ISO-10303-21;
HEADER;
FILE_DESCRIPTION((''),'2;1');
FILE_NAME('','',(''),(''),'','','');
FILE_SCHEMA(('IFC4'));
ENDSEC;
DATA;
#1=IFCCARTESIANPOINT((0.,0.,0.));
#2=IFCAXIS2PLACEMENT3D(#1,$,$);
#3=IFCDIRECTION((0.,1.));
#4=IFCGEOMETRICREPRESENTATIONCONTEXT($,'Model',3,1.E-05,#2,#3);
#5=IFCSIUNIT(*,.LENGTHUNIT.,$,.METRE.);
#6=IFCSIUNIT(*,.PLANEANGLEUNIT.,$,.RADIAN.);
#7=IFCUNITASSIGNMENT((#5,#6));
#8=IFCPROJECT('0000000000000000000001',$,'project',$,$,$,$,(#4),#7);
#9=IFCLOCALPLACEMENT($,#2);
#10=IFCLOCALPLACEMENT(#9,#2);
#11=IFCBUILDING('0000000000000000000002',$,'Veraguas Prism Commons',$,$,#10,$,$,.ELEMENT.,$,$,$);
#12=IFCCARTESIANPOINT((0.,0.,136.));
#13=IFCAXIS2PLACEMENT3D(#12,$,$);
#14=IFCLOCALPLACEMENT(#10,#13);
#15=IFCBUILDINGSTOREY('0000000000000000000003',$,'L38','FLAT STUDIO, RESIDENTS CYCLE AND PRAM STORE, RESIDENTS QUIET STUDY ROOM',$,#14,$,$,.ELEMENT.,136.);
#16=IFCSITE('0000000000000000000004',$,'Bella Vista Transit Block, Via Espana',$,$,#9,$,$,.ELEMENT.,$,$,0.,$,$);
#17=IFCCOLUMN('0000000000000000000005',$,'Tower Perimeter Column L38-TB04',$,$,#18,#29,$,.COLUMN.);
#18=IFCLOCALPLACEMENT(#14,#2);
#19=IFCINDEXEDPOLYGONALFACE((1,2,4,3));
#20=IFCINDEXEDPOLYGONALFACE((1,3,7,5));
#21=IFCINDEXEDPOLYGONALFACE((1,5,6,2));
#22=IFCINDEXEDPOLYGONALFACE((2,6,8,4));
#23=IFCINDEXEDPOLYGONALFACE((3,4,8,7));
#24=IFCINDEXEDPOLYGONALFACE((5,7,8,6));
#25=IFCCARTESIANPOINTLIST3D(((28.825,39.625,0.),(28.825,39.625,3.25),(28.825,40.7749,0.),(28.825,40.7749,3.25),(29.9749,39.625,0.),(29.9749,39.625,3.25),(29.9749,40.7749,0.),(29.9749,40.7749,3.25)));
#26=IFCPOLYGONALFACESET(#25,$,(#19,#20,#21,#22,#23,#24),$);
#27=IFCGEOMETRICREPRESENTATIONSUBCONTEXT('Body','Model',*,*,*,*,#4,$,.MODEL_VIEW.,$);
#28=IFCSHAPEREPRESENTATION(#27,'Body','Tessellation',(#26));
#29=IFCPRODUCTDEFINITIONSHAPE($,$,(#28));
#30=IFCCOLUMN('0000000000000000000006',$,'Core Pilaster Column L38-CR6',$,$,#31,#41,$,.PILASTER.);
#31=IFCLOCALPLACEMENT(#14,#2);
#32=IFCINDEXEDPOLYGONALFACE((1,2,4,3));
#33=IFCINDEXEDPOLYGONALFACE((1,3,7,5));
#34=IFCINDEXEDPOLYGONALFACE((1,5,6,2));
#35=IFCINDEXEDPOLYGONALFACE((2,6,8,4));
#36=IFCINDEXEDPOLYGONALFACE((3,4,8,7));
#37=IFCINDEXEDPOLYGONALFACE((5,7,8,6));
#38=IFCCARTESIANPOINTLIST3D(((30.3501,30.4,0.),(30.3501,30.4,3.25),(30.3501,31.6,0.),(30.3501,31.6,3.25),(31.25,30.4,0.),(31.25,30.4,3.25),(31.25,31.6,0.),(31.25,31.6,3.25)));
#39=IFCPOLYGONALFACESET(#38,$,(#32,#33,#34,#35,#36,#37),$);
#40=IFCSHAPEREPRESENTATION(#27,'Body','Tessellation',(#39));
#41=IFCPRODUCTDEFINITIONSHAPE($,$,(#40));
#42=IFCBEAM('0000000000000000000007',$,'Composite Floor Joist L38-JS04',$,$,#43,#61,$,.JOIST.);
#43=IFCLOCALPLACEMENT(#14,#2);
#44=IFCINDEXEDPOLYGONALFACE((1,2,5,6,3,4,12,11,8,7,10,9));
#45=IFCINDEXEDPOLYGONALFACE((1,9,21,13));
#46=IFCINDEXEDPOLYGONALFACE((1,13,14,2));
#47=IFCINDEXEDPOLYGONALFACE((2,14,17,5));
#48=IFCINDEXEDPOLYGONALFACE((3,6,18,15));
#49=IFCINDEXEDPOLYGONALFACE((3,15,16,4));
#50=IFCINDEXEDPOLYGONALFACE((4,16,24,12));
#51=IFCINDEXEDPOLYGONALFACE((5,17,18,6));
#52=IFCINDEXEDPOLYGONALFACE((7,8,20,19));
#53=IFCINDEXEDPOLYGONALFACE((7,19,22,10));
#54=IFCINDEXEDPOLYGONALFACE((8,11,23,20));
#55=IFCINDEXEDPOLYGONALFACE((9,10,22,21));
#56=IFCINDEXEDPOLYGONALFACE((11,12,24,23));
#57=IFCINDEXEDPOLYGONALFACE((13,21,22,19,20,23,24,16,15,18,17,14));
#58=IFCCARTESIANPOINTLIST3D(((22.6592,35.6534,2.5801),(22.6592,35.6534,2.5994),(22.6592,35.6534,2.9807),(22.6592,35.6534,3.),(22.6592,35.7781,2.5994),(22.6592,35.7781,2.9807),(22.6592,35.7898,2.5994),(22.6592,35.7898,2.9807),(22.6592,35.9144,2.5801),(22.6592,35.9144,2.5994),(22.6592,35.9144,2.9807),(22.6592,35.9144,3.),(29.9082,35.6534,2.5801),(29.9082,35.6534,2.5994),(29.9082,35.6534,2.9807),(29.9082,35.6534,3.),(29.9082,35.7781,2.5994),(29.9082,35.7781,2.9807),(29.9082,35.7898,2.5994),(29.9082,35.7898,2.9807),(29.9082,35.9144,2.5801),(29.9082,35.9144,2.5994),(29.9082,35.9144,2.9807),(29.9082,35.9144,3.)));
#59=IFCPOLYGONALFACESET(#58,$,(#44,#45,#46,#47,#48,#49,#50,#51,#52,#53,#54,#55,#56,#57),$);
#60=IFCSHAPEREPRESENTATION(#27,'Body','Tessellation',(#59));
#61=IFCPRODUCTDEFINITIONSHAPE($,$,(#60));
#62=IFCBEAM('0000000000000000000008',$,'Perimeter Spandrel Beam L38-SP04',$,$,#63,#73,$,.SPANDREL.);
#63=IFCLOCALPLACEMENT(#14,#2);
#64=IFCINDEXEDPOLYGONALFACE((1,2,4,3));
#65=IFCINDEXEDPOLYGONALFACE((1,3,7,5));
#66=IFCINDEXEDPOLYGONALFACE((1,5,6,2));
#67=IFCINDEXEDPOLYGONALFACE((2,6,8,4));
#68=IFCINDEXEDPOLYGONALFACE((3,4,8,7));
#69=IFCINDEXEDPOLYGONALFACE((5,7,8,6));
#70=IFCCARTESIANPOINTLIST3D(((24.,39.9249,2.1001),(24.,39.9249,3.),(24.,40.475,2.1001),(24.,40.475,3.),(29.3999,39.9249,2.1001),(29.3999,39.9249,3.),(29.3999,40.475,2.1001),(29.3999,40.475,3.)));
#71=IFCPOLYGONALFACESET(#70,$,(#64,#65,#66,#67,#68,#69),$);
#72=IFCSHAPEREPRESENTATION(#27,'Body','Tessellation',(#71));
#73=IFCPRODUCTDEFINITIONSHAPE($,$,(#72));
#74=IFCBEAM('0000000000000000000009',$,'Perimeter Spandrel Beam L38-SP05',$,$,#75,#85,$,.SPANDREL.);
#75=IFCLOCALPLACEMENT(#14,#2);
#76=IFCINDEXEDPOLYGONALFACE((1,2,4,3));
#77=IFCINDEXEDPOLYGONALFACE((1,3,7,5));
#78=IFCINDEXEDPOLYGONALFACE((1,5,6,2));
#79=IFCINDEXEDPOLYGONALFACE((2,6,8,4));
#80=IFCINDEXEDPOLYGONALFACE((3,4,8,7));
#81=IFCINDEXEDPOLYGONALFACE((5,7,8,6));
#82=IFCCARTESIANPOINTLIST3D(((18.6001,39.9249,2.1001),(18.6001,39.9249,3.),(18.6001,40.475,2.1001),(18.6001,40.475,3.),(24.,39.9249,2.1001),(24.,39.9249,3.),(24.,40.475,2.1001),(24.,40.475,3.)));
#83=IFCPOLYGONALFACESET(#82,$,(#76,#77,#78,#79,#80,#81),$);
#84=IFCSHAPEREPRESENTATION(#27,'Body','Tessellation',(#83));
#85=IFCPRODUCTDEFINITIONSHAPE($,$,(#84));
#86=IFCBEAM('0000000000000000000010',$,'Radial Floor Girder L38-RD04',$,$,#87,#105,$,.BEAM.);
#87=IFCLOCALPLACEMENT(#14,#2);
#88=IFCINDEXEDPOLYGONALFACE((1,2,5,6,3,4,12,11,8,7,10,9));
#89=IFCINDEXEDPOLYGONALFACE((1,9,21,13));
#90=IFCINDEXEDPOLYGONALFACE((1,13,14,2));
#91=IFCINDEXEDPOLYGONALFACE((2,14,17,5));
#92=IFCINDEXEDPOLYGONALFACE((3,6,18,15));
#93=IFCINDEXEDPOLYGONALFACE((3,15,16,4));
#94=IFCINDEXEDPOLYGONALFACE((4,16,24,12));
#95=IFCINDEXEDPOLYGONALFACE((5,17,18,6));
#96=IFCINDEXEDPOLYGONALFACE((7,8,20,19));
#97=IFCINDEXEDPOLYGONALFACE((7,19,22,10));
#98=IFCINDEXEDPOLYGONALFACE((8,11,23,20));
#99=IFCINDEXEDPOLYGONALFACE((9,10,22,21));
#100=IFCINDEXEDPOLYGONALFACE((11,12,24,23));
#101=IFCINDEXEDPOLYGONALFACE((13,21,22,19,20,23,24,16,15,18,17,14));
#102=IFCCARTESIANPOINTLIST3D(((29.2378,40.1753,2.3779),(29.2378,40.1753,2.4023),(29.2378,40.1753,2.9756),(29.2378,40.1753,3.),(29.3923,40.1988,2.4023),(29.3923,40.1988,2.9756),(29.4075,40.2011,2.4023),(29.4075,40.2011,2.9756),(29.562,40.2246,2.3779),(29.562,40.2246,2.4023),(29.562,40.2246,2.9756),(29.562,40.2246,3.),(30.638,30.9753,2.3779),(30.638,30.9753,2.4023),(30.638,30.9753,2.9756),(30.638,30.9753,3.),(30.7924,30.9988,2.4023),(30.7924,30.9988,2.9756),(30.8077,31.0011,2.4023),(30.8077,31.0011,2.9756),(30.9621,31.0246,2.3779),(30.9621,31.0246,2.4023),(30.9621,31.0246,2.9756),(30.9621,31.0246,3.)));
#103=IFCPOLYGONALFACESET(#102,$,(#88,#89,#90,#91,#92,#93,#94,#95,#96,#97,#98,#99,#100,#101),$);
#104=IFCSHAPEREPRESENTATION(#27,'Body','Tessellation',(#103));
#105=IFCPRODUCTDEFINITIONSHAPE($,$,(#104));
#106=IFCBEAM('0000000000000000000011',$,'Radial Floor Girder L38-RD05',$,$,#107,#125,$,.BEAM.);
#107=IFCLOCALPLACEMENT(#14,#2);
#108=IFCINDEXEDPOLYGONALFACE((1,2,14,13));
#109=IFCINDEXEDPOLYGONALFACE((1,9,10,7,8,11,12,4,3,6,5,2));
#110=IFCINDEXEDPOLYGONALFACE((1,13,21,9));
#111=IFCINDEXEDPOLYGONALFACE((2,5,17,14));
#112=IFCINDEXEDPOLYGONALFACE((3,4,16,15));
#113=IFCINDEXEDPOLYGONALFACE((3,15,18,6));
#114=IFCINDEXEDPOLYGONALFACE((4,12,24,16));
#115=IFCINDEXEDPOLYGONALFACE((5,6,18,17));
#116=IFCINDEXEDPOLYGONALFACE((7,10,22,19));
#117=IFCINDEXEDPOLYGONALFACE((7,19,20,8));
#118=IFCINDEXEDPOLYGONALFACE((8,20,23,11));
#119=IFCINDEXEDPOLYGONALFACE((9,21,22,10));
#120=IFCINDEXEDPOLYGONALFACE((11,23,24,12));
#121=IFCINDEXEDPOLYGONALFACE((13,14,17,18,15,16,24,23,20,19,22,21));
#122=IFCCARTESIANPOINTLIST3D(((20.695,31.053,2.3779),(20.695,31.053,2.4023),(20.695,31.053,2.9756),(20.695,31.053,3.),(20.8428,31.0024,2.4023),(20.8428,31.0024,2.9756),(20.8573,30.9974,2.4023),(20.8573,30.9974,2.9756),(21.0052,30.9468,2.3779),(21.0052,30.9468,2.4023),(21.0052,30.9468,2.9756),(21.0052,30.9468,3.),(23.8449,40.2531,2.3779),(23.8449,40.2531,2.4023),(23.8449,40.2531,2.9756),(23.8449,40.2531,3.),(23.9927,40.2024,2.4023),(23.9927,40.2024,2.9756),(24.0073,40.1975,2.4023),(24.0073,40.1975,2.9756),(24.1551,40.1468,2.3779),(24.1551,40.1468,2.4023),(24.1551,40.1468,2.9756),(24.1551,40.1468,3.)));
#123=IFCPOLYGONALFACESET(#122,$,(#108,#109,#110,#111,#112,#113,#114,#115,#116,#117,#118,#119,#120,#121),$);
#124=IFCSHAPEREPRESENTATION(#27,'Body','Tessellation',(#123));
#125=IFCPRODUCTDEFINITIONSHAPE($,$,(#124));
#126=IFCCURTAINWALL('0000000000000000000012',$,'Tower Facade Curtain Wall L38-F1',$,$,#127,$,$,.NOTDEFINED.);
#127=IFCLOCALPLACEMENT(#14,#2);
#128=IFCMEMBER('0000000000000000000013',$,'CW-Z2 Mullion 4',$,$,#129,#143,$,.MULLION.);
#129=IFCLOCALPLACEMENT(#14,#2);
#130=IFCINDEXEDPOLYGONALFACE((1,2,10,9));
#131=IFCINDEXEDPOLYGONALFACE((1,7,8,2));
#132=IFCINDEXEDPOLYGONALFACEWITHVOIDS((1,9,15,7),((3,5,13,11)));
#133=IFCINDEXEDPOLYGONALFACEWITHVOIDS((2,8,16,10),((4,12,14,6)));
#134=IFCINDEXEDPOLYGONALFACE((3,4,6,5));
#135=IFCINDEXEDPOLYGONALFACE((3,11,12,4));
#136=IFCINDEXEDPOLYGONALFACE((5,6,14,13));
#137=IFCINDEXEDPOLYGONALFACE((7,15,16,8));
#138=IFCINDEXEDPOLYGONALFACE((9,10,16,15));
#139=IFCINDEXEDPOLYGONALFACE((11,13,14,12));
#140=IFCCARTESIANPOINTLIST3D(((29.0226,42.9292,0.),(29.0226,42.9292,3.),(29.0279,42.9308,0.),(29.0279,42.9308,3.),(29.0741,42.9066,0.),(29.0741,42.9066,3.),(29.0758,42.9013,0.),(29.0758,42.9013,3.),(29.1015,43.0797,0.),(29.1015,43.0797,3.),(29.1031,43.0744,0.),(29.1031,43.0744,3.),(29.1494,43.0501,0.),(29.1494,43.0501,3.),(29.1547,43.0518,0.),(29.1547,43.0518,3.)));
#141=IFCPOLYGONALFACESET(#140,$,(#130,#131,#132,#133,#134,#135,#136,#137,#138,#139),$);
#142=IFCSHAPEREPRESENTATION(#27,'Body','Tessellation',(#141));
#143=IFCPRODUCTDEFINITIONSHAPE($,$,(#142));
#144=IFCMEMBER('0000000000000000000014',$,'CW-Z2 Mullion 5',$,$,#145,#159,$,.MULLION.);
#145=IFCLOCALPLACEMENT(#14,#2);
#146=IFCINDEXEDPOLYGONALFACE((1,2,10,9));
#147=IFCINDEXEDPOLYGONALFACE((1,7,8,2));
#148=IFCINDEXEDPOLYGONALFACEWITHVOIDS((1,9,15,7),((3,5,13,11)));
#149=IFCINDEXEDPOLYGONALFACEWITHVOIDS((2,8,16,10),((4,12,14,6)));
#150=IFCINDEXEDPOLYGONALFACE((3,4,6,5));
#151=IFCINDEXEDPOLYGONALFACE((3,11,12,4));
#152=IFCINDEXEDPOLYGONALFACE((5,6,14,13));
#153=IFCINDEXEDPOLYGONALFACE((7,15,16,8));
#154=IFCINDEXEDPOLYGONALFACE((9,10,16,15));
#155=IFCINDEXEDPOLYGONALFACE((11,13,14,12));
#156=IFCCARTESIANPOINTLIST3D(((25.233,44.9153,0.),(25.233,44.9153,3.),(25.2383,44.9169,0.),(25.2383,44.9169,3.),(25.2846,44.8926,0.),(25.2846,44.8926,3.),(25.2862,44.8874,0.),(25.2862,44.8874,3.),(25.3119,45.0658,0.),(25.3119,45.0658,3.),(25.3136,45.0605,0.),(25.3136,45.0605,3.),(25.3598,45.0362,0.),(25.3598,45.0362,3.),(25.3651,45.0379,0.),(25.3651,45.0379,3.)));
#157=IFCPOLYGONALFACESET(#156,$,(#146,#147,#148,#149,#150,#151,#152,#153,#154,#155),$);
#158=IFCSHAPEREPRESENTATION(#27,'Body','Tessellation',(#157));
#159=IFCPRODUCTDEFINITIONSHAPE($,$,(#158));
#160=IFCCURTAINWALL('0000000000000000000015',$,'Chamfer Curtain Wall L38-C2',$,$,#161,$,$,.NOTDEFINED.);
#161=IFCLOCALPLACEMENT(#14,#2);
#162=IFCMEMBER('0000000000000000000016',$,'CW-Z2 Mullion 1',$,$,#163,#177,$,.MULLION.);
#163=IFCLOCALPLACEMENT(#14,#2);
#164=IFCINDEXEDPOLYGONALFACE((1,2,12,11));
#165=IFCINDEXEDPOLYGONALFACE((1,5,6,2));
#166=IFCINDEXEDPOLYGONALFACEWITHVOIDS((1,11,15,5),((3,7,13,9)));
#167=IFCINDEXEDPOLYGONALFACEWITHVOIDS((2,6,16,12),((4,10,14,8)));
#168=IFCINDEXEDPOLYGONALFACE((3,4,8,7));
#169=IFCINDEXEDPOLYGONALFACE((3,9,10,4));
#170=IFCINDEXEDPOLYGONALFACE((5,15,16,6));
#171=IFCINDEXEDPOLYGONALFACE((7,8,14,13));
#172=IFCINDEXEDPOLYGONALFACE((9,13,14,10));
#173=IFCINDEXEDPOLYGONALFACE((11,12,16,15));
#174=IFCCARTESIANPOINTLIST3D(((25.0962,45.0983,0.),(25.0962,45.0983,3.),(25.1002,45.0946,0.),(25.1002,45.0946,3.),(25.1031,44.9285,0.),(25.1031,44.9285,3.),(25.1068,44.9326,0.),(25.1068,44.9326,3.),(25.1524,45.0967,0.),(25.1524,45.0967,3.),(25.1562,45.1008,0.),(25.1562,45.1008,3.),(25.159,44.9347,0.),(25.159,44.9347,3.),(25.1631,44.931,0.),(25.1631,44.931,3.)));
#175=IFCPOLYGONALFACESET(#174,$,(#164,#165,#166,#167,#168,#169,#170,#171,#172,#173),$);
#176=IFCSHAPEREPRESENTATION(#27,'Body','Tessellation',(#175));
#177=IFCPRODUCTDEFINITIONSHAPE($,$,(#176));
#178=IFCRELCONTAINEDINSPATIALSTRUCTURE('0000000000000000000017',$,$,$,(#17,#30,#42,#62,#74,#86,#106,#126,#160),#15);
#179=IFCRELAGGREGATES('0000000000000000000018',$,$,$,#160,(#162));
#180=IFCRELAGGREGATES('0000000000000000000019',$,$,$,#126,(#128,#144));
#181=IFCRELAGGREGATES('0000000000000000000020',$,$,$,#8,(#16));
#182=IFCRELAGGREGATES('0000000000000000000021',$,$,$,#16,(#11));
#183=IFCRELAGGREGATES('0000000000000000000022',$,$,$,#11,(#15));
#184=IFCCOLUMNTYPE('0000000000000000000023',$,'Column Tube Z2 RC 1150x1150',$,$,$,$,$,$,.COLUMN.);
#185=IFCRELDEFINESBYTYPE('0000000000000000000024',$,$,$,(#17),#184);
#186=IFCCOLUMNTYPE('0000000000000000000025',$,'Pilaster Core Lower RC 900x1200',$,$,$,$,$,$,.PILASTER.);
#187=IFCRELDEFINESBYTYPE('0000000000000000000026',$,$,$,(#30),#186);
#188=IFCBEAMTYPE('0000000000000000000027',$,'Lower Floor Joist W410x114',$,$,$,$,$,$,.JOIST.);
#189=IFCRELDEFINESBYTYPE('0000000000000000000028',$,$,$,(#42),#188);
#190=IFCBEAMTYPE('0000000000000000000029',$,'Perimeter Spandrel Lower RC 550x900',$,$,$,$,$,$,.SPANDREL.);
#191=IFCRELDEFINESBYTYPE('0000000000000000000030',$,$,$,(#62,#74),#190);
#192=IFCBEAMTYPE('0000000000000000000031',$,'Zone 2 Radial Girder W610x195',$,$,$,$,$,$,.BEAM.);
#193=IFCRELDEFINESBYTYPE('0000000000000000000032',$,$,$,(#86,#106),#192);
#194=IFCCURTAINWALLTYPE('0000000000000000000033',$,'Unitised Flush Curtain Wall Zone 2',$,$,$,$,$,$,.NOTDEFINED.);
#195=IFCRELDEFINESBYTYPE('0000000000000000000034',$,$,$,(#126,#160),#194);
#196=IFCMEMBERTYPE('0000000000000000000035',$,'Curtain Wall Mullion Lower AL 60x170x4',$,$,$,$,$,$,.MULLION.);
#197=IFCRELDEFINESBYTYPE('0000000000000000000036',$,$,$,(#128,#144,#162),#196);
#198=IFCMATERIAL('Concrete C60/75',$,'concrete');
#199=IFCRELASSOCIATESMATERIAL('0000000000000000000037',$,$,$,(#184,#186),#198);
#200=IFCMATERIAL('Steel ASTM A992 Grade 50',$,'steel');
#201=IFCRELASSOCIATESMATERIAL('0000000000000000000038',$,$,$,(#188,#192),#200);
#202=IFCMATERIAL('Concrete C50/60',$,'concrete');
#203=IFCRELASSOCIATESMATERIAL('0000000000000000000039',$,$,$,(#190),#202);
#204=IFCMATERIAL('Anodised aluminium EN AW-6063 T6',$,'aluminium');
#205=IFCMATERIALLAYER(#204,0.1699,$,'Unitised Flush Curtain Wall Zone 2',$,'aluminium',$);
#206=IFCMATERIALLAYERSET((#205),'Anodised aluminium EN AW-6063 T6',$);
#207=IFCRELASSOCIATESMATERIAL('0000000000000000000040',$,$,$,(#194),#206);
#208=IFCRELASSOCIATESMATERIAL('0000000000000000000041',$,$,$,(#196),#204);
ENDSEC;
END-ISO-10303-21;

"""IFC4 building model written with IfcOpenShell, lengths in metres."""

from ifc_helpers import new_model, si_unit, direction, frame, origin, origin_2d, place, context, subcontext, project, spatial, rectangle, hollow_rectangle, i_section, extrude, source, transform, mapped, material, layer, layer_set, material_profile, profile_set, type_object, element, aggregate, save


model = new_model("IFC4")

# Units and contexts
model_context = context("Model", 3, precision=1e-05, world=origin(), true_north=direction((0.0, 1.0)))
body_context = subcontext(model_context, "Body", "Model", "MODEL_VIEW")
ifc_project = project(units=[si_unit("LENGTHUNIT", "METRE"), si_unit("PLANEANGLEUNIT", "RADIAN")], contexts=[model_context])

# Site, building, storey
site_placement = place(None, origin())
site = spatial("IfcSite", under=ifc_project, at=site_placement, Name="Bella Vista Transit Block, Via Espana", CompositionType="ELEMENT", RefElevation=0.0)
building_placement = place(site_placement, origin())
building = spatial("IfcBuilding", under=site, at=building_placement, Name="Veraguas Prism Commons", CompositionType="ELEMENT")
storey_placement = place(building_placement, frame((0.0, 0.0, 136.0)))
storey = spatial("IfcBuildingStorey", under=building, at=storey_placement, Name="L38", Description="FLAT STUDIO, RESIDENTS CYCLE AND PRAM STORE, RESIDENTS QUIET STUDY ROOM", CompositionType="ELEMENT", Elevation=136.0)

# Columns
ifc_material_1 = material(Name="Concrete C60/75", Category="concrete")
ifc_material_profile_1 = material_profile(ifc_material_1, rectangle(XDim=1.1499, YDim=1.1499, at=origin_2d()), Name="RC1150X1150")
ifc_profile_set_1 = profile_set([ifc_material_profile_1], Name="Concrete C60/75")
column_type_1 = type_object("IfcColumnType", Name="Column Tube Z2 RC 1150x1150", PredefinedType="COLUMN", material=ifc_profile_set_1)
column_1_placement = place(storey_placement, frame((29.3999, 40.2, 0.0), z_axis=(0.0, 0.0, 1.0), x_axis=(1.0, 0.0, 0.0)))
element("IfcColumn", 1, at=column_1_placement, inside=storey, type_object=column_type_1, Name="Tower Perimeter Column L38-TB04", PredefinedType="COLUMN", context=body_context, shape_type="SweptSolid", body=[
    extrude(rectangle(XDim=1.1499, YDim=1.1499, at=origin_2d()), origin(), (0.0, 0.0, 1.0), 3.25),
])
ifc_material_profile_2 = material_profile(ifc_material_1, rectangle(XDim=0.8999, YDim=1.2, at=origin_2d()), Name="RC900X1200")
ifc_profile_set_2 = profile_set([ifc_material_profile_2], Name="Concrete C60/75")
column_type_2 = type_object("IfcColumnType", Name="Pilaster Core Lower RC 900x1200", PredefinedType="PILASTER", material=ifc_profile_set_2)
column_2_placement = place(storey_placement, frame((30.8, 31.0, 0.0), z_axis=(0.0, 0.0, 1.0), x_axis=(1.0, 0.0, 0.0)))
element("IfcColumn", 2, at=column_2_placement, inside=storey, type_object=column_type_2, Name="Core Pilaster Column L38-CR6", PredefinedType="PILASTER", context=body_context, shape_type="SweptSolid", body=[
    extrude(rectangle(XDim=0.8999, YDim=1.2, at=origin_2d()), origin(), (0.0, 0.0, 1.0), 3.25),
])

# Beams
ifc_material_2 = material(Name="Steel ASTM A992 Grade 50", Category="steel")
ifc_material_profile_3 = material_profile(ifc_material_2, i_section(OverallWidth=0.261, OverallDepth=0.4199, WebThickness=0.0117, FlangeThickness=0.0193, at=origin_2d()), Name="W410X114")
ifc_profile_set_3 = profile_set([ifc_material_profile_3], Name="Steel ASTM A992 Grade 50")
beam_type_1 = type_object("IfcBeamType", Name="Lower Floor Joist W410x114", PredefinedType="JOIST", material=ifc_profile_set_3)
beam_1_placement = place(storey_placement, frame((29.9082, 35.7839, 2.79), z_axis=(-1.0, 0.0, 0.0), x_axis=(0.0, -1.0, 0.0)))
element("IfcBeam", 3, at=beam_1_placement, inside=storey, type_object=beam_type_1, Name="Composite Floor Joist L38-JS04", PredefinedType="JOIST", context=body_context, shape_type="SweptSolid", body=[
    extrude(i_section(OverallWidth=0.261, OverallDepth=0.4199, WebThickness=0.0117, FlangeThickness=0.0193, at=origin_2d()), origin(), (0.0, 0.0, 1.0), 7.249),
])
ifc_material_3 = material(Name="Concrete C50/60", Category="concrete")
ifc_material_profile_4 = material_profile(ifc_material_3, rectangle(XDim=0.55, YDim=0.8999, at=origin_2d()), Name="RC550X900")
ifc_profile_set_4 = profile_set([ifc_material_profile_4], Name="Concrete C50/60")
beam_type_2 = type_object("IfcBeamType", Name="Perimeter Spandrel Lower RC 550x900", PredefinedType="SPANDREL", material=ifc_profile_set_4)
for number, where, z_axis, x_axis, name in (
    (4, (29.3999, 40.2, 2.55), (-1.0, 0.0, 0.0), (0.0, -1.0, 0.0), "Perimeter Spandrel Beam L38-SP04"),
    (5, (24.0, 40.2, 2.55), (-1.0, 0.0, 0.0), (0.0, -1.0, 0.0), "Perimeter Spandrel Beam L38-SP05"),
):
    element("IfcBeam", number, at=place(storey_placement, frame(where, z_axis=z_axis, x_axis=x_axis)), inside=storey, type_object=beam_type_2, Name=name, PredefinedType="SPANDREL", context=body_context, shape_type="SweptSolid", body=[
        extrude(rectangle(XDim=0.55, YDim=0.8999, at=origin_2d()), origin(), (0.0, 0.0, 1.0), 5.3999),
    ])
ifc_material_profile_5 = material_profile(ifc_material_2, i_section(OverallWidth=0.3279, OverallDepth=0.6221, WebThickness=0.0154, FlangeThickness=0.0244, at=origin_2d()), Name="W610X195")
ifc_profile_set_5 = profile_set([ifc_material_profile_5], Name="Steel ASTM A992 Grade 50")
beam_type_3 = type_object("IfcBeamType", Name="Zone 2 Radial Girder W610x195", PredefinedType="BEAM", material=ifc_profile_set_5)
beam_2_placement = place(storey_placement, frame((29.3999, 40.2, 2.689), z_axis=(0.150458, -0.988616, 0.0), x_axis=(0.988616, 0.150458, 0.0)))
element("IfcBeam", 6, at=beam_2_placement, inside=storey, type_object=beam_type_3, Name="Radial Floor Girder L38-RD04", PredefinedType="BEAM", context=body_context, shape_type="SweptSolid", body=[
    extrude(i_section(OverallWidth=0.3279, OverallDepth=0.6221, WebThickness=0.0154, FlangeThickness=0.0244, at=origin_2d()), origin(), (0.0, 0.0, 1.0), 9.3059),
])
beam_3_placement = place(storey_placement, frame((24.0, 40.2, 2.689), z_axis=(-0.323922, -0.946084, 0.0), x_axis=(0.946084, -0.323922, 0.0)))
element("IfcBeam", 7, at=beam_3_placement, inside=storey, type_object=beam_type_3, Name="Radial Floor Girder L38-RD05", PredefinedType="BEAM", context=body_context, shape_type="SweptSolid", body=[
    extrude(i_section(OverallWidth=0.3279, OverallDepth=0.6221, WebThickness=0.0154, FlangeThickness=0.0244, at=origin_2d()), origin(), (0.0, 0.0, 1.0), 9.7244),
])

# Curtain walls, members
ifc_material_4 = material(Name="Anodised aluminium EN AW-6063 T6", Category="aluminium")
ifc_layer_1 = layer(ifc_material_4, 0.1699, Name="Unitised Flush Curtain Wall Zone 2", Category="aluminium")
ifc_layer_set_1 = layer_set([ifc_layer_1], Name="Anodised aluminium EN AW-6063 T6")
curtain_wall_type = type_object("IfcCurtainWallType", Name="Unitised Flush Curtain Wall Zone 2", PredefinedType="NOTDEFINED", material=ifc_layer_set_1)
curtain_wall_1_placement = place(storey_placement, origin())
curtain_wall_1 = element("IfcCurtainWall", 8, at=curtain_wall_1_placement, inside=storey, type_object=curtain_wall_type, Name="Tower Facade Curtain Wall L38-F1", PredefinedType="NOTDEFINED")
ifc_material_profile_6 = material_profile(ifc_material_4, hollow_rectangle(XDim=0.0601, YDim=0.1699, WallThickness=0.0039, at=origin_2d()), Name="AL60X170X4")
ifc_profile_set_6 = profile_set([ifc_material_profile_6], Name="Anodised aluminium EN AW-6063 T6")
member_type_1 = type_object("IfcMemberType", Name="Curtain Wall Mullion Lower AL 60x170x4", PredefinedType="MULLION", material=ifc_profile_set_6)
shared_shape_1 = source(origin(), body_context, "Body", "SweptSolid", [
    extrude(hollow_rectangle(XDim=0.0601, YDim=0.1699, WallThickness=0.0039, at=origin_2d()), origin(), (0.0, 0.0, 1.0), 3.0),
])
member_1_placement = place(storey_placement, frame((29.0886, 42.9905, 0.0), z_axis=(0.0, 0.0, 1.0), x_axis=(-0.885722, 0.464216, 0.0)))
member_1 = element("IfcMember", 9, at=member_1_placement, type_object=member_type_1, Name="CW-Z2 Mullion 4", PredefinedType="MULLION", context=body_context, shape_type="MappedRepresentation", body=[
    mapped(shared_shape_1, transform((0.0, 0.0, 0.0), scale=1.0)),
])
member_2_placement = place(storey_placement, frame((25.2991, 44.9766, 0.0), z_axis=(0.0, 0.0, 1.0), x_axis=(-0.885722, 0.464216, 0.0)))
member_2 = element("IfcMember", 10, at=member_2_placement, type_object=member_type_1, Name="CW-Z2 Mullion 5", PredefinedType="MULLION", context=body_context, shape_type="MappedRepresentation", body=[
    mapped(shared_shape_1, transform((0.0, 0.0, 0.0), scale=1.0)),
])
curtain_wall_2_placement = place(storey_placement, origin())
curtain_wall_2 = element("IfcCurtainWall", 11, at=curtain_wall_2_placement, inside=storey, type_object=curtain_wall_type, Name="Chamfer Curtain Wall L38-C2", PredefinedType="NOTDEFINED")
member_3_placement = place(storey_placement, frame((25.1296, 45.0146, 0.0), z_axis=(0.0, 0.0, 1.0), x_axis=(-0.999167, -0.04081, 0.0)))
member_3 = element("IfcMember", 12, at=member_3_placement, type_object=member_type_1, Name="CW-Z2 Mullion 1", PredefinedType="MULLION", context=body_context, shape_type="MappedRepresentation", body=[
    mapped(shared_shape_1, transform((0.0, 0.0, 0.0), scale=1.0)),
])
aggregate(curtain_wall_2, [member_3])

aggregate(curtain_wall_1, [member_1, member_2])

save(model, "model.ifc")
